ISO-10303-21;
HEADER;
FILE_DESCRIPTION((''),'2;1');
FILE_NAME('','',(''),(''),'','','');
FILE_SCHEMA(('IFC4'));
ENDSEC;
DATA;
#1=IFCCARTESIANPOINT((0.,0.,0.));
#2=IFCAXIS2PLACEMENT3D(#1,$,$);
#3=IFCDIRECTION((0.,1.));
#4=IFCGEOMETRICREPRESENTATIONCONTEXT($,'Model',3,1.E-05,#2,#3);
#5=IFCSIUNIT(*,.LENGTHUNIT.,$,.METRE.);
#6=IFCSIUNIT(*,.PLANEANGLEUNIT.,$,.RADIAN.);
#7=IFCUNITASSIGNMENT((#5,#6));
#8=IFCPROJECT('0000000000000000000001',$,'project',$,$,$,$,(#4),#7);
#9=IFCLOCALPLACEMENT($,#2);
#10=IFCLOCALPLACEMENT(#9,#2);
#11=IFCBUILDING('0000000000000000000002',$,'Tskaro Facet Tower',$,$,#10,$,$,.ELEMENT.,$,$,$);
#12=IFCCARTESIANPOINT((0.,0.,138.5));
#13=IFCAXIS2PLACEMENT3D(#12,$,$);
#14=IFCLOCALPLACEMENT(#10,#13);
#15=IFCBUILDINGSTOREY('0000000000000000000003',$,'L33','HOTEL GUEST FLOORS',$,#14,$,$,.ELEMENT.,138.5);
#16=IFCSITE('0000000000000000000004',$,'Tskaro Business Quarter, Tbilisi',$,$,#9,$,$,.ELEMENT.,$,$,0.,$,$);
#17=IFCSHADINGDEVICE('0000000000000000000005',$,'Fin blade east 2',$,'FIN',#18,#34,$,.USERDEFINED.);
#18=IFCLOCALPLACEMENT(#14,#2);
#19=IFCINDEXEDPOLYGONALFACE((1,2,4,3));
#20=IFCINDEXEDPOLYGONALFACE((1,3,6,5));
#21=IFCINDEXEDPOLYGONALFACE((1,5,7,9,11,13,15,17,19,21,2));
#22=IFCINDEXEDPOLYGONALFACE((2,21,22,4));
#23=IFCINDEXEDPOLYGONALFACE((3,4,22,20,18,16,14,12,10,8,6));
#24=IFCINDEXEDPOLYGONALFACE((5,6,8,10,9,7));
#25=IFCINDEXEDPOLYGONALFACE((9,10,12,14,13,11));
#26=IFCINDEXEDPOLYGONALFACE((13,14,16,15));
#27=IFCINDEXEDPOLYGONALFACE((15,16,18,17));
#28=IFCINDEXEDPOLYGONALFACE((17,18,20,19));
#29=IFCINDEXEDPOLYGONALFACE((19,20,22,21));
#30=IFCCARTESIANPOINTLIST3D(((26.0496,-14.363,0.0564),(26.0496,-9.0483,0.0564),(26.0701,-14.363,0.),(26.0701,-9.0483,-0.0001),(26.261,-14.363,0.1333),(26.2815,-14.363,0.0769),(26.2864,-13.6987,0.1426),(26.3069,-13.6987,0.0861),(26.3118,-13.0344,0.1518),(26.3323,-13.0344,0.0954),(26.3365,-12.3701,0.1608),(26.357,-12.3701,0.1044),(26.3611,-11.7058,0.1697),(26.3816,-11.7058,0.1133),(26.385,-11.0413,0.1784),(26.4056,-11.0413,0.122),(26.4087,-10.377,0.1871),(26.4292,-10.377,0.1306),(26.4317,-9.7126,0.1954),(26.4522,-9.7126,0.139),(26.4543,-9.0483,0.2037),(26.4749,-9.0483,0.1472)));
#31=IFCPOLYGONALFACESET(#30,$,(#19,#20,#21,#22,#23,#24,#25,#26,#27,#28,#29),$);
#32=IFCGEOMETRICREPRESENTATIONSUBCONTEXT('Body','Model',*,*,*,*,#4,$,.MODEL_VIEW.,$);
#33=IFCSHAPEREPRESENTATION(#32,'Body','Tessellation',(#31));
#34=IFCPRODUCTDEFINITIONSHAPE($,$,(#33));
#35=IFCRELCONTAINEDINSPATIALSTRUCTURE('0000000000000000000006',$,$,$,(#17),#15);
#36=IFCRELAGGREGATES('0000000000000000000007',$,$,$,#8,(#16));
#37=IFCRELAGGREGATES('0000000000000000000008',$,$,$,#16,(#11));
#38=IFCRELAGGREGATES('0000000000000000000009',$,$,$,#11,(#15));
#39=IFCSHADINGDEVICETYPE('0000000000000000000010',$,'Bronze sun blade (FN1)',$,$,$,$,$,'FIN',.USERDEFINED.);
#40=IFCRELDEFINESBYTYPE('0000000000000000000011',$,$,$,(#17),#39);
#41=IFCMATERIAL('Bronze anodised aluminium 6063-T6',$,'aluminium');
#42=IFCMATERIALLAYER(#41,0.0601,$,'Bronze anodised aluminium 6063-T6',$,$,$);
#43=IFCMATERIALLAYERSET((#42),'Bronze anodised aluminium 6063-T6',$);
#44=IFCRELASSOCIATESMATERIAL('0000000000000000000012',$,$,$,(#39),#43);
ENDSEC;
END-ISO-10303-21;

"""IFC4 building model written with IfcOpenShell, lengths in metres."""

from ifc_helpers import new_model, si_unit, direction, frame, origin, place, context, subcontext, project, spatial, polyline, outline, extrude, material, layer, layer_set, type_object, element, save


model = new_model("IFC4")

# Units and contexts
model_context = context("Model", 3, precision=1e-05, world=origin(), true_north=direction((0.0, 1.0)))
body_context = subcontext(model_context, "Body", "Model", "MODEL_VIEW")
ifc_project = project(units=[si_unit("LENGTHUNIT", "METRE"), si_unit("PLANEANGLEUNIT", "RADIAN")], contexts=[model_context])

# Site, building, storey
site_placement = place(None, origin())
site = spatial("IfcSite", under=ifc_project, at=site_placement, Name="Tskaro Business Quarter, Tbilisi", CompositionType="ELEMENT", RefElevation=0.0)
building_placement = place(site_placement, origin())
building = spatial("IfcBuilding", under=site, at=building_placement, Name="Tskaro Facet Tower", CompositionType="ELEMENT")
storey_placement = place(building_placement, frame((0.0, 0.0, 138.5)))
storey = spatial("IfcBuildingStorey", under=building, at=storey_placement, Name="L33", Description="HOTEL GUEST FLOORS", CompositionType="ELEMENT", Elevation=138.5)

# Shared definitions
ifc_material_1 = material(Name="Bronze anodised aluminium 6063-T6", Category="aluminium")

# Shading device
ifc_layer_1 = layer(ifc_material_1, 0.0601, Name="Bronze anodised aluminium 6063-T6")
ifc_layer_set_1 = layer_set([ifc_layer_1], Name="Bronze anodised aluminium 6063-T6")
shading_device_type = type_object("IfcShadingDeviceType", Name="Bronze sun blade (FN1)", ElementType="FIN", PredefinedType="USERDEFINED", material=ifc_layer_set_1)
shading_device_1_placement = place(storey_placement, frame((26.0496, -14.363, 0.0564), z_axis=(-0.341981, 0.000009, 0.939707), x_axis=(0.000003, 1.0, -0.000008)))
element("IfcShadingDevice", 1, at=shading_device_1_placement, inside=storey, type_object=shading_device_type, Name="Fin blade east 2", ObjectType="FIN", PredefinedType="USERDEFINED", context=body_context, shape_type="SweptSolid", body=[
    extrude(outline(polyline([(0.0, 0.0), (5.3147, 0.0), (5.3147, -0.4307), (4.6504, -0.4066), (3.9861, -0.3821), (3.3218, -0.357), (2.6572, -0.3315), (1.9929, -0.3053), (1.3286, -0.279), (0.6643, -0.252), (0.0, -0.225), (0.0, 0.0)])), origin(), (0.0, 0.0, -1.0), 0.0601),
])

save(model, "model.ifc")
